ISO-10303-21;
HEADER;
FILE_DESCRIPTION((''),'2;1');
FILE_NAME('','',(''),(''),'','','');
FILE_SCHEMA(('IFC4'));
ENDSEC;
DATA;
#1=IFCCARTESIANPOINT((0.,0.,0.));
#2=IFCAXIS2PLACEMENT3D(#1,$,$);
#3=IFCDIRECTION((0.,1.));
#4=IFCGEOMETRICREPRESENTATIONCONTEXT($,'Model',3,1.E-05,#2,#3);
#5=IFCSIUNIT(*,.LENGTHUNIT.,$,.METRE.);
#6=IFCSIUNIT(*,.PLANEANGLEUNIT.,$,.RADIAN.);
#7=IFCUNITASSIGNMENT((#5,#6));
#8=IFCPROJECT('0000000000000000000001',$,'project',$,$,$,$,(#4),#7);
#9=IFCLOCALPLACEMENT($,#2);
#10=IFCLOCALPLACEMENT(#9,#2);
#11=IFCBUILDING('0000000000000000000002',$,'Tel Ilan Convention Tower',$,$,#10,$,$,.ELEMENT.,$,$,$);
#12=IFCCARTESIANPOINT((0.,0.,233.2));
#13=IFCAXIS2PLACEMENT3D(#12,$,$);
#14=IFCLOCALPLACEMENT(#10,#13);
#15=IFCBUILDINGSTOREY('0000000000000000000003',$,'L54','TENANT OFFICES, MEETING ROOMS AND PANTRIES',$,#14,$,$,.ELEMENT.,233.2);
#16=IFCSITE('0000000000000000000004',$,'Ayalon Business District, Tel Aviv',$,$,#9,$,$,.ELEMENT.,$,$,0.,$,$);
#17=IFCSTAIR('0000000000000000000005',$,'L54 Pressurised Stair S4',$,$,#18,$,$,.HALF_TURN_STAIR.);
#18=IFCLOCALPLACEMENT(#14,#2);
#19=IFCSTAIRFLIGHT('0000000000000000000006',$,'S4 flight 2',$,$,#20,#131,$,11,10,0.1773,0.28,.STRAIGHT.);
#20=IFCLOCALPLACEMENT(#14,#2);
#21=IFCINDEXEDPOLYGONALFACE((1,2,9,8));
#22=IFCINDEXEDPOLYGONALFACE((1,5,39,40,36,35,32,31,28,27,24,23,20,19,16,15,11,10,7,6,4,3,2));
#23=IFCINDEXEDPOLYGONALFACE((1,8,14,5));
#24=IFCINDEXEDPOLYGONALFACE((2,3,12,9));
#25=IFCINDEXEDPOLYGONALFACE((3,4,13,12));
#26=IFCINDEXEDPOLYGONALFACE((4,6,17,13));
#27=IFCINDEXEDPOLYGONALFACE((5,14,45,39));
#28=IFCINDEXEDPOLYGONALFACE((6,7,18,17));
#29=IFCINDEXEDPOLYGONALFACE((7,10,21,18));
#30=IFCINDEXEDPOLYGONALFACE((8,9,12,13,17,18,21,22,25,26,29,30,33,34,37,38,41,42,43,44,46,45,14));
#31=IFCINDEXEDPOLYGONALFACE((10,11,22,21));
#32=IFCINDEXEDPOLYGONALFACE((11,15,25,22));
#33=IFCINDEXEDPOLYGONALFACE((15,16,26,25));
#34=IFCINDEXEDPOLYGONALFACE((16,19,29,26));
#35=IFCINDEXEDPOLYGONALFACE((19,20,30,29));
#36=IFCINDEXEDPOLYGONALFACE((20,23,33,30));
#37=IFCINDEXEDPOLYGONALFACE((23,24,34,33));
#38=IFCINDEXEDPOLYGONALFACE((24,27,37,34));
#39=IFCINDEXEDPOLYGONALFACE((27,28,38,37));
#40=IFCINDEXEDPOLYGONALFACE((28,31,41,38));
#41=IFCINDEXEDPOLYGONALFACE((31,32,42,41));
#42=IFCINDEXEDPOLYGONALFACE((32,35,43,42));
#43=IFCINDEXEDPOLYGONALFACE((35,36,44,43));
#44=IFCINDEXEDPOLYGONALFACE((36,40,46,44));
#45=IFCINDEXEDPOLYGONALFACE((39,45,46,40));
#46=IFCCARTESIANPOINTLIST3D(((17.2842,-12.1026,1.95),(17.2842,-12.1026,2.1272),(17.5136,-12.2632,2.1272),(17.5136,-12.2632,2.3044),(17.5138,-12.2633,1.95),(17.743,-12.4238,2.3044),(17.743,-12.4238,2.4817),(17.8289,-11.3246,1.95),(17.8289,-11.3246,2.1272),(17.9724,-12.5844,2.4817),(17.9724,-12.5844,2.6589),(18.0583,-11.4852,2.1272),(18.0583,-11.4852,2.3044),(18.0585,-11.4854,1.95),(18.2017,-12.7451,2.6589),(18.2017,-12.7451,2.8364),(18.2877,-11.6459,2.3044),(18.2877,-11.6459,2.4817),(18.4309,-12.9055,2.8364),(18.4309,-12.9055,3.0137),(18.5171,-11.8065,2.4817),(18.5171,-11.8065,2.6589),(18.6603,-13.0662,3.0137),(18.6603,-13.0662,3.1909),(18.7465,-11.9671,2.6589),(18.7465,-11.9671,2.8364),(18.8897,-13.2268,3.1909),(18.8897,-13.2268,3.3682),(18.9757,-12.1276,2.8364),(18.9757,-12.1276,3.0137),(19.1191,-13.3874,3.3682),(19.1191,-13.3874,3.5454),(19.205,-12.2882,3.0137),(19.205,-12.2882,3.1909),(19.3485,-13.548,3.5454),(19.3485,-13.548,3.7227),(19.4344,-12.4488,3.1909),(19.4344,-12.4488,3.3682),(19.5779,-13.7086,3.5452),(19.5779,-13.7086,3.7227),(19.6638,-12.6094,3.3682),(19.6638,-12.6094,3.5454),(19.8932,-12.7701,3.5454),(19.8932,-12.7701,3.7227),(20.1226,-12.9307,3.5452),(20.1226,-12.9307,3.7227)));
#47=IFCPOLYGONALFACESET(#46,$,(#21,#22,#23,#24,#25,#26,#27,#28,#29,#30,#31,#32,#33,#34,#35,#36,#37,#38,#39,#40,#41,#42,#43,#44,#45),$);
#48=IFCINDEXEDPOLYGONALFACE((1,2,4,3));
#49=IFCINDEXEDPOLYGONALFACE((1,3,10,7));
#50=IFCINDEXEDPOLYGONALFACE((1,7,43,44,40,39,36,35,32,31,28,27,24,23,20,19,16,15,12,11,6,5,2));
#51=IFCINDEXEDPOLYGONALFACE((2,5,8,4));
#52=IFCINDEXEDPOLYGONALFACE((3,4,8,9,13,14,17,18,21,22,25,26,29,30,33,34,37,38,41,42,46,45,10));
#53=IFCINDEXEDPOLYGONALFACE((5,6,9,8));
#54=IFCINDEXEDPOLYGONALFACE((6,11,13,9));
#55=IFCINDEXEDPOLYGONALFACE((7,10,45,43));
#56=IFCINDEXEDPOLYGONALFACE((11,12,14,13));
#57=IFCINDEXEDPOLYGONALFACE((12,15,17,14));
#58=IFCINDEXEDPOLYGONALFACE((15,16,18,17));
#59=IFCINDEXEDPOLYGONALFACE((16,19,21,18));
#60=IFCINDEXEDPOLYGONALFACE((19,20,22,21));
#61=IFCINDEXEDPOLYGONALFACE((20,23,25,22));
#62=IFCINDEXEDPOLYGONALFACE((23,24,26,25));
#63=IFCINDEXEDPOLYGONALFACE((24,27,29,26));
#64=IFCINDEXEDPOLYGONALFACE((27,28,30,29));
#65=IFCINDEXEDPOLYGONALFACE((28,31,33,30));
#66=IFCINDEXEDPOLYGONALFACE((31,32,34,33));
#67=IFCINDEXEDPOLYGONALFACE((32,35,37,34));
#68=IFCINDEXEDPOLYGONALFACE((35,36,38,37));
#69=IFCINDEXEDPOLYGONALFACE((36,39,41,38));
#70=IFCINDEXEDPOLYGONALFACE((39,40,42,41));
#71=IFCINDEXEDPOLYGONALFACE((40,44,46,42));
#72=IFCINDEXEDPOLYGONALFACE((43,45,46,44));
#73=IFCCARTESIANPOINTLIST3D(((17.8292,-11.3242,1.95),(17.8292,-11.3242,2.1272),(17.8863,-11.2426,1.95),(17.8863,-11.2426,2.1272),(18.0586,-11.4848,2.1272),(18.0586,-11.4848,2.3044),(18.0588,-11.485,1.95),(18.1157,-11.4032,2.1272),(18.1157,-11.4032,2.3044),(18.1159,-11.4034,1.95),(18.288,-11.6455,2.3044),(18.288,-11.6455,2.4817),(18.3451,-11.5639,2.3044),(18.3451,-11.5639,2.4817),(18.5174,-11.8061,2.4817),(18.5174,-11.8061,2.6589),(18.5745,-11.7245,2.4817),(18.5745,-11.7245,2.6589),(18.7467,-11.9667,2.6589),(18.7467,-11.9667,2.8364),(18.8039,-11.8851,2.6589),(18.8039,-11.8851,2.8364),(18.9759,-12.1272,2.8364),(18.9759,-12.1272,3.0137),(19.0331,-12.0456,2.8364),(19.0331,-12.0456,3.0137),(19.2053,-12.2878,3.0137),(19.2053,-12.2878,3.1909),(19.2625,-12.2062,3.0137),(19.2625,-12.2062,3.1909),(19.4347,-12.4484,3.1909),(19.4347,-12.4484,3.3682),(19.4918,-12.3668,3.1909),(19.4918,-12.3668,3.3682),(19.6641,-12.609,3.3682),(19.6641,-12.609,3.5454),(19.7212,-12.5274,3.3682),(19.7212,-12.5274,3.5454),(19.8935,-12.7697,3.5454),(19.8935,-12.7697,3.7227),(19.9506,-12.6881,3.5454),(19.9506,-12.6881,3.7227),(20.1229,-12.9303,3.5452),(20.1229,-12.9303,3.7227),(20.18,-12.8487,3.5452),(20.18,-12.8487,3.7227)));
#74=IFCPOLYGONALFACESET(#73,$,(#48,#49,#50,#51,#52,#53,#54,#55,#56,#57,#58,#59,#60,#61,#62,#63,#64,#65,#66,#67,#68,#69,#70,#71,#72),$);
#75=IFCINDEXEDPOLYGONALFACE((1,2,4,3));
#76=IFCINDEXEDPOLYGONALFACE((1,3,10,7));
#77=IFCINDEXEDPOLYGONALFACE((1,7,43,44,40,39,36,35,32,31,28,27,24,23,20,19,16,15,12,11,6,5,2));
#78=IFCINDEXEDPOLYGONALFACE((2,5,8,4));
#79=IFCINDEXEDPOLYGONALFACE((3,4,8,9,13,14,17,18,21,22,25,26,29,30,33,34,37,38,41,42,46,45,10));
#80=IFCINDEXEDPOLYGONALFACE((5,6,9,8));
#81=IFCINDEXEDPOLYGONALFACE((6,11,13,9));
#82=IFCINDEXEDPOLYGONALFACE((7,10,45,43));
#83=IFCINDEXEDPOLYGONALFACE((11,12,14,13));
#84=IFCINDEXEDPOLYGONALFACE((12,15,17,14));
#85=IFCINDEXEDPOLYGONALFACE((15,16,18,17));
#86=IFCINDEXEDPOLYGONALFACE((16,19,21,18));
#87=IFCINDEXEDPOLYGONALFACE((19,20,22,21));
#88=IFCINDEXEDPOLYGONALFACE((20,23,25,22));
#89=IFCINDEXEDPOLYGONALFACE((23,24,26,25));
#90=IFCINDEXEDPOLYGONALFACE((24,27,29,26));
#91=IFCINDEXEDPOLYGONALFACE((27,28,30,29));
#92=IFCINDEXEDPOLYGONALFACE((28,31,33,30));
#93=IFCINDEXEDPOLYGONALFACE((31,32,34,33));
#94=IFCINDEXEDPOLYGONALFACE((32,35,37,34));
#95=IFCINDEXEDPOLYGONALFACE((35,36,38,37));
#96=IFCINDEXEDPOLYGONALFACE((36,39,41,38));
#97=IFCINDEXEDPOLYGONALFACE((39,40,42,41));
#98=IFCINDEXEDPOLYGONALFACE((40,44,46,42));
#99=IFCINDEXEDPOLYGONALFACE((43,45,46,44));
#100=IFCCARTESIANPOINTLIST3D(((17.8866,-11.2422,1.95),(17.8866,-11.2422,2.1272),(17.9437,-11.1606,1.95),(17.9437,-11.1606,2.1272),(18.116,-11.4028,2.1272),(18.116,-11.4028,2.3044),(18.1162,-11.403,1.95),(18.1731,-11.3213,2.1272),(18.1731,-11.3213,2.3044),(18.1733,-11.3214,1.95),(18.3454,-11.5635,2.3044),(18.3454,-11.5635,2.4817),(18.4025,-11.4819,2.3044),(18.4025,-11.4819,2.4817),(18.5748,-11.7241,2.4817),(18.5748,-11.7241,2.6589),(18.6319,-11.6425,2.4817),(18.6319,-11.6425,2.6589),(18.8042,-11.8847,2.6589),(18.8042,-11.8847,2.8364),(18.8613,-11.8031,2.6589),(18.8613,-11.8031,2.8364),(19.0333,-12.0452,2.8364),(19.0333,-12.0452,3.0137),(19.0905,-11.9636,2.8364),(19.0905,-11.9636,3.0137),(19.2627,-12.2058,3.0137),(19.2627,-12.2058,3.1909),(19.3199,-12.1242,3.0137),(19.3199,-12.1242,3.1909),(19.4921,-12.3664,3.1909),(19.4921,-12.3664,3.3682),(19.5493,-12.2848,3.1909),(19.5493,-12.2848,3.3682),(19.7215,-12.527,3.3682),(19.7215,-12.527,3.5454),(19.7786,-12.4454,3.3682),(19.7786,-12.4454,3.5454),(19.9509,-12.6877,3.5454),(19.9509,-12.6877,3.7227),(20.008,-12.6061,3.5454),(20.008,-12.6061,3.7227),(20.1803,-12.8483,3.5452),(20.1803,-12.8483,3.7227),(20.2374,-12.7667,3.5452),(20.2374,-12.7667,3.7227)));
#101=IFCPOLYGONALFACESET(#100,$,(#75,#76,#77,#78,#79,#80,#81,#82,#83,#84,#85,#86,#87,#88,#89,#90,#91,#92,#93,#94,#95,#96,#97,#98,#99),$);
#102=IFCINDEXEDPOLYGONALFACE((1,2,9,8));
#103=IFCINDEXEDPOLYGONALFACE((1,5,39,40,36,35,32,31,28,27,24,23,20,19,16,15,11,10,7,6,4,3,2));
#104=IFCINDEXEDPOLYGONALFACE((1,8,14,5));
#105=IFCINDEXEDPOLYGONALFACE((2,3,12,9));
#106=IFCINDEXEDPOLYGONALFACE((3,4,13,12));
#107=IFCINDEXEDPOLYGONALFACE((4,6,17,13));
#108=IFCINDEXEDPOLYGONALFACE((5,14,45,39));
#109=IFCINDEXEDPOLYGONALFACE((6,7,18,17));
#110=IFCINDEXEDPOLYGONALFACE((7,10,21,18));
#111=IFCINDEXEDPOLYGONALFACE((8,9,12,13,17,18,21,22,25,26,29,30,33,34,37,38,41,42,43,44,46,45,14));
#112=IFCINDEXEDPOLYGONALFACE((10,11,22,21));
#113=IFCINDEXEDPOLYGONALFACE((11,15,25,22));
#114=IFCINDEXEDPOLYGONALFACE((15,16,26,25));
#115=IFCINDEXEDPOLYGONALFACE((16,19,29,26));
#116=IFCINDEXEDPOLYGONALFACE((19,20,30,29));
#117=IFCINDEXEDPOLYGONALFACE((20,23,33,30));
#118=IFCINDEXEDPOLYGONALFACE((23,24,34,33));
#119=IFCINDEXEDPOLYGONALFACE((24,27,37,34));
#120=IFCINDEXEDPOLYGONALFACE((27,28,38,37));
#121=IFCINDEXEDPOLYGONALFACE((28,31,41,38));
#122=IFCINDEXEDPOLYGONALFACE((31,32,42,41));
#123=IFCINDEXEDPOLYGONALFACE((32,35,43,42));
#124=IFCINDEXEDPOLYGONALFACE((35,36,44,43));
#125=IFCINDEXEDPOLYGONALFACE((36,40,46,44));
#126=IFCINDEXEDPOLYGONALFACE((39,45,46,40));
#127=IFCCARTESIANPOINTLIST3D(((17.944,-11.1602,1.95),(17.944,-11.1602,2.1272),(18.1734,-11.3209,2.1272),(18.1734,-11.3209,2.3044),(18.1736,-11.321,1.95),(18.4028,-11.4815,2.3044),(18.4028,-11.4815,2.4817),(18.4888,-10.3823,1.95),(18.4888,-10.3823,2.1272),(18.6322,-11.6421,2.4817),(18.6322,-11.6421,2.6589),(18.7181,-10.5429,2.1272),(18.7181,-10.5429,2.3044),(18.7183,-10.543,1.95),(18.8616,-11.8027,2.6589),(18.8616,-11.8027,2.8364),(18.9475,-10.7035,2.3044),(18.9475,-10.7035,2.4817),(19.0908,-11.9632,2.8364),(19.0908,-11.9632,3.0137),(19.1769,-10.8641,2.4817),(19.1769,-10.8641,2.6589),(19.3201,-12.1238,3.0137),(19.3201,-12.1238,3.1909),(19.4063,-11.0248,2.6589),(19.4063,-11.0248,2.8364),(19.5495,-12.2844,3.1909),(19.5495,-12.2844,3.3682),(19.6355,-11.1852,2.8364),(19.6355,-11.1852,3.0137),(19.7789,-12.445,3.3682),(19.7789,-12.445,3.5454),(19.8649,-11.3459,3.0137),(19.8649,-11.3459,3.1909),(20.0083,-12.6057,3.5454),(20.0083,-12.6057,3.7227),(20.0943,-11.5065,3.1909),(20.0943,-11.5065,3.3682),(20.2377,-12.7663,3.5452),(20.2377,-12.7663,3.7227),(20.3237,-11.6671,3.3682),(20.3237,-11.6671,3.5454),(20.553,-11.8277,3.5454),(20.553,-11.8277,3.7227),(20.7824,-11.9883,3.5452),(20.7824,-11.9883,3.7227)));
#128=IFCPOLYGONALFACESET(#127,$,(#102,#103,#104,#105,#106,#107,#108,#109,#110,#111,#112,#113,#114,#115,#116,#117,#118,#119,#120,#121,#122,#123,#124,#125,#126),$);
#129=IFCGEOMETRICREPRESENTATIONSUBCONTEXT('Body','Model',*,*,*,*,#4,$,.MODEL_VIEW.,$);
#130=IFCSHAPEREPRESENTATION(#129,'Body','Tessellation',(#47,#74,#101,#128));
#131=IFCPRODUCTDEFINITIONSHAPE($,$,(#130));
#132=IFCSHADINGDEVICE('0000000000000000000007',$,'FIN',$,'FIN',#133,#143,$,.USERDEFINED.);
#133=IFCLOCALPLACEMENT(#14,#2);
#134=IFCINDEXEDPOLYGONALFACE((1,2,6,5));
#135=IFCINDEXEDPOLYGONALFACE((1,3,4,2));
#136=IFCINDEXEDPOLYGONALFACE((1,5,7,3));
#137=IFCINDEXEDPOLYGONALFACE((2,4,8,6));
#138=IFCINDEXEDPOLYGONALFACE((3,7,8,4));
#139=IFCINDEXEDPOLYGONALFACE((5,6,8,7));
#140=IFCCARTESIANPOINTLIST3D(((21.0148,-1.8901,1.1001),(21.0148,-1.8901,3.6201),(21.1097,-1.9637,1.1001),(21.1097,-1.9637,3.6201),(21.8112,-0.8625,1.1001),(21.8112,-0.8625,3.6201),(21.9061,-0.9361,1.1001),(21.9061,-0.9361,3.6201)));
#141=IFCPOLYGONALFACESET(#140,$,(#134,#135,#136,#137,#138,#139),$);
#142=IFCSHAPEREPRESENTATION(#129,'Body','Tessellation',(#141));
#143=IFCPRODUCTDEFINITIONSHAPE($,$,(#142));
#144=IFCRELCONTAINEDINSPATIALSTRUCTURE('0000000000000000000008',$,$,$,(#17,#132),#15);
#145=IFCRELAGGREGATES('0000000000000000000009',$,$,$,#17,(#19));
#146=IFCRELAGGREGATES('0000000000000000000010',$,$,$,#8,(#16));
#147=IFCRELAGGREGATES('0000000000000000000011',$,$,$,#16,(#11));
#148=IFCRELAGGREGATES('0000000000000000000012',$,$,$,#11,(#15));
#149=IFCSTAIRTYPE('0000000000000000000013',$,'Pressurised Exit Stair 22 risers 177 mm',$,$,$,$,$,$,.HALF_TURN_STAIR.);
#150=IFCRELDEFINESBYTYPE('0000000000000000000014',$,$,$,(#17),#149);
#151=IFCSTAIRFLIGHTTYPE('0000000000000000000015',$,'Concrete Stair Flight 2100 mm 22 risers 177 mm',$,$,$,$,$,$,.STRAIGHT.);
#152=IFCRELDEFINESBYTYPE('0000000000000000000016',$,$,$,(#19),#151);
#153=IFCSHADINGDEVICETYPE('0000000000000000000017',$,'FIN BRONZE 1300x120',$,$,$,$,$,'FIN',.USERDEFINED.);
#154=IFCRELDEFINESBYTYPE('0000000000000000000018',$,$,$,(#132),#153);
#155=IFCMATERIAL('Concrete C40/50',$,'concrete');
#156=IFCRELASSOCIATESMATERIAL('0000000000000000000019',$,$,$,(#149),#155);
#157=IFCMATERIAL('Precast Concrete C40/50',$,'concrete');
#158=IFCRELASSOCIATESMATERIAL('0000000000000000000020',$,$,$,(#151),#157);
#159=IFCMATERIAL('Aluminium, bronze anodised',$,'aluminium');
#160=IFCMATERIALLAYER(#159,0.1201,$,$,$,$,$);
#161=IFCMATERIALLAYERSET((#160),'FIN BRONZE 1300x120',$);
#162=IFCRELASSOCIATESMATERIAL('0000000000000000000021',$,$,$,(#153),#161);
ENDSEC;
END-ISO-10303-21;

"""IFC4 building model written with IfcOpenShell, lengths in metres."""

from ifc_helpers import new_model, si_unit, direction, frame, origin, origin_2d, place, context, subcontext, project, spatial, polyline, rectangle, outline, extrude, material, layer, layer_set, type_object, element, aggregate, save


model = new_model("IFC4")

# Units and contexts
model_context = context("Model", 3, precision=1e-05, world=origin(), true_north=direction((0.0, 1.0)))
body_context = subcontext(model_context, "Body", "Model", "MODEL_VIEW")
ifc_project = project(units=[si_unit("LENGTHUNIT", "METRE"), si_unit("PLANEANGLEUNIT", "RADIAN")], contexts=[model_context])

# Site, building, storey
site_placement = place(None, origin())
site = spatial("IfcSite", under=ifc_project, at=site_placement, Name="Ayalon Business District, Tel Aviv", CompositionType="ELEMENT", RefElevation=0.0)
building_placement = place(site_placement, origin())
building = spatial("IfcBuilding", under=site, at=building_placement, Name="Tel Ilan Convention Tower", CompositionType="ELEMENT")
storey_placement = place(building_placement, frame((0.0, 0.0, 233.2)))
storey = spatial("IfcBuildingStorey", under=building, at=storey_placement, Name="L54", Description="TENANT OFFICES, MEETING ROOMS AND PANTRIES", CompositionType="ELEMENT", Elevation=233.2)

# Shared definitions
ifc_material_1 = material(Name="Concrete C40/50", Category="concrete")
stair_type = type_object("IfcStairType", Name="Pressurised Exit Stair 22 risers 177 mm", PredefinedType="HALF_TURN_STAIR", material=ifc_material_1)
ifc_material_2 = material(Name="Precast Concrete C40/50", Category="concrete")
stair_flight_type = type_object("IfcStairFlightType", Name="Concrete Stair Flight 2100 mm 22 risers 177 mm", PredefinedType="STRAIGHT", material=ifc_material_2)

# Stair, stair flight
stair_1_placement = place(storey_placement, origin())
stair_1 = element("IfcStair", 1, at=stair_1_placement, inside=storey, type_object=stair_type, Name="L54 Pressurised Stair S4", PredefinedType="HALF_TURN_STAIR")
stair_flight_1_placement = place(storey_placement, frame((17.8865, -11.2424, 1.95), z_axis=(0.0, 0.0, 1.0), x_axis=(0.819152, -0.573576, 0.0)))
stair_flight_1 = element("IfcStairFlight", 2, at=stair_flight_1_placement, type_object=stair_flight_type, Name="S4 flight 2", NumberOfRisers=11, NumberOfTreads=10, PredefinedType="STRAIGHT", RiserHeight=0.1773, TreadLength=0.28, context=body_context, shape_type="SweptSolid", body=[
    extrude(outline(polyline([(0.0, 0.0), (0.0, 0.1772), (0.28, 0.1772), (0.28, 0.3545), (0.5601, 0.3545), (0.5601, 0.5317), (0.8401, 0.5317), (0.8401, 0.709), (1.1201, 0.709), (1.1201, 0.8865), (1.3999, 0.8865), (1.3999, 1.0637), (1.6799, 1.0637), (1.6799, 1.241), (1.96, 1.241), (1.96, 1.4182), (2.24, 1.4182), (2.24, 1.5955), (2.52, 1.5955), (2.52, 1.7727), (2.8, 1.7727), (2.8, 1.95), (2.8, 1.5952), (0.2803, 0.0), (0.0, 0.0)])), frame((0.0, -0.1003, 0.0), z_axis=(0.0, -1.0, 0.0), x_axis=(1.0, 0.0, 0.0)), (0.0, 0.0, 1.0), 0.9497),
    extrude(outline(polyline([(0.0, 0.0), (0.0, 0.1772), (0.28, 0.1772), (0.28, 0.3545), (0.5601, 0.3545), (0.5601, 0.5317), (0.8401, 0.5317), (0.8401, 0.709), (1.1201, 0.709), (1.1201, 0.8865), (1.3999, 0.8865), (1.3999, 1.0637), (1.6799, 1.0637), (1.6799, 1.241), (1.96, 1.241), (1.96, 1.4182), (2.24, 1.4182), (2.24, 1.5955), (2.52, 1.5955), (2.52, 1.7727), (2.8, 1.7727), (2.8, 1.95), (2.8, 1.5952), (0.2803, 0.0), (0.0, 0.0)])), frame((0.0, -0.0002, 0.0), z_axis=(0.0, -1.0, 0.0), x_axis=(1.0, 0.0, 0.0)), (0.0, 0.0, 1.0), 0.0996),
    extrude(outline(polyline([(0.0, 0.0), (0.0, 0.1772), (0.28, 0.1772), (0.28, 0.3545), (0.5601, 0.3545), (0.5601, 0.5317), (0.8401, 0.5317), (0.8401, 0.709), (1.1201, 0.709), (1.1201, 0.8865), (1.3999, 0.8865), (1.3999, 1.0637), (1.6799, 1.0637), (1.6799, 1.241), (1.96, 1.241), (1.96, 1.4182), (2.24, 1.4182), (2.24, 1.5955), (2.52, 1.5955), (2.52, 1.7727), (2.8, 1.7727), (2.8, 1.95), (2.8, 1.5952), (0.2803, 0.0), (0.0, 0.0)])), frame((0.0, 0.0999, 0.0), z_axis=(0.0, -1.0, 0.0), x_axis=(1.0, 0.0, 0.0)), (0.0, 0.0, 1.0), 0.0996),
    extrude(outline(polyline([(0.0, 0.0), (0.0, 0.1772), (0.28, 0.1772), (0.28, 0.3545), (0.5601, 0.3545), (0.5601, 0.5317), (0.8401, 0.5317), (0.8401, 0.709), (1.1201, 0.709), (1.1201, 0.8865), (1.3999, 0.8865), (1.3999, 1.0637), (1.6799, 1.0637), (1.6799, 1.241), (1.96, 1.241), (1.96, 1.4182), (2.24, 1.4182), (2.24, 1.5955), (2.52, 1.5955), (2.52, 1.7727), (2.8, 1.7727), (2.8, 1.95), (2.8, 1.5952), (0.2803, 0.0), (0.0, 0.0)])), frame((0.0, 1.05, 0.0), z_axis=(0.0, -1.0, 0.0), x_axis=(1.0, 0.0, 0.0)), (0.0, 0.0, 1.0), 0.9497),
])
aggregate(stair_1, [stair_flight_1])

# Shading device
ifc_material_3 = material(Name="Aluminium, bronze anodised", Category="aluminium")
ifc_layer_1 = layer(ifc_material_3, 0.1201)
ifc_layer_set_1 = layer_set([ifc_layer_1], Name="FIN BRONZE 1300x120")
shading_device_type = type_object("IfcShadingDeviceType", Name="FIN BRONZE 1300x120", ElementType="FIN", PredefinedType="USERDEFINED", material=ifc_layer_set_1)
shading_device_placement = place(storey_placement, frame((21.4604, -1.4131, 1.1001), z_axis=(0.0, 0.0, 1.0), x_axis=(0.612601, 0.790393, 0.0)))
element("IfcShadingDevice", 3, at=shading_device_placement, inside=storey, type_object=shading_device_type, Name="FIN", ObjectType="FIN", PredefinedType="USERDEFINED", context=body_context, shape_type="SweptSolid", body=[
    extrude(rectangle(XDim=1.3, YDim=0.1201, at=origin_2d()), origin(), (0.0, 0.0, 1.0), 2.52),
])

save(model, "model.ifc")
